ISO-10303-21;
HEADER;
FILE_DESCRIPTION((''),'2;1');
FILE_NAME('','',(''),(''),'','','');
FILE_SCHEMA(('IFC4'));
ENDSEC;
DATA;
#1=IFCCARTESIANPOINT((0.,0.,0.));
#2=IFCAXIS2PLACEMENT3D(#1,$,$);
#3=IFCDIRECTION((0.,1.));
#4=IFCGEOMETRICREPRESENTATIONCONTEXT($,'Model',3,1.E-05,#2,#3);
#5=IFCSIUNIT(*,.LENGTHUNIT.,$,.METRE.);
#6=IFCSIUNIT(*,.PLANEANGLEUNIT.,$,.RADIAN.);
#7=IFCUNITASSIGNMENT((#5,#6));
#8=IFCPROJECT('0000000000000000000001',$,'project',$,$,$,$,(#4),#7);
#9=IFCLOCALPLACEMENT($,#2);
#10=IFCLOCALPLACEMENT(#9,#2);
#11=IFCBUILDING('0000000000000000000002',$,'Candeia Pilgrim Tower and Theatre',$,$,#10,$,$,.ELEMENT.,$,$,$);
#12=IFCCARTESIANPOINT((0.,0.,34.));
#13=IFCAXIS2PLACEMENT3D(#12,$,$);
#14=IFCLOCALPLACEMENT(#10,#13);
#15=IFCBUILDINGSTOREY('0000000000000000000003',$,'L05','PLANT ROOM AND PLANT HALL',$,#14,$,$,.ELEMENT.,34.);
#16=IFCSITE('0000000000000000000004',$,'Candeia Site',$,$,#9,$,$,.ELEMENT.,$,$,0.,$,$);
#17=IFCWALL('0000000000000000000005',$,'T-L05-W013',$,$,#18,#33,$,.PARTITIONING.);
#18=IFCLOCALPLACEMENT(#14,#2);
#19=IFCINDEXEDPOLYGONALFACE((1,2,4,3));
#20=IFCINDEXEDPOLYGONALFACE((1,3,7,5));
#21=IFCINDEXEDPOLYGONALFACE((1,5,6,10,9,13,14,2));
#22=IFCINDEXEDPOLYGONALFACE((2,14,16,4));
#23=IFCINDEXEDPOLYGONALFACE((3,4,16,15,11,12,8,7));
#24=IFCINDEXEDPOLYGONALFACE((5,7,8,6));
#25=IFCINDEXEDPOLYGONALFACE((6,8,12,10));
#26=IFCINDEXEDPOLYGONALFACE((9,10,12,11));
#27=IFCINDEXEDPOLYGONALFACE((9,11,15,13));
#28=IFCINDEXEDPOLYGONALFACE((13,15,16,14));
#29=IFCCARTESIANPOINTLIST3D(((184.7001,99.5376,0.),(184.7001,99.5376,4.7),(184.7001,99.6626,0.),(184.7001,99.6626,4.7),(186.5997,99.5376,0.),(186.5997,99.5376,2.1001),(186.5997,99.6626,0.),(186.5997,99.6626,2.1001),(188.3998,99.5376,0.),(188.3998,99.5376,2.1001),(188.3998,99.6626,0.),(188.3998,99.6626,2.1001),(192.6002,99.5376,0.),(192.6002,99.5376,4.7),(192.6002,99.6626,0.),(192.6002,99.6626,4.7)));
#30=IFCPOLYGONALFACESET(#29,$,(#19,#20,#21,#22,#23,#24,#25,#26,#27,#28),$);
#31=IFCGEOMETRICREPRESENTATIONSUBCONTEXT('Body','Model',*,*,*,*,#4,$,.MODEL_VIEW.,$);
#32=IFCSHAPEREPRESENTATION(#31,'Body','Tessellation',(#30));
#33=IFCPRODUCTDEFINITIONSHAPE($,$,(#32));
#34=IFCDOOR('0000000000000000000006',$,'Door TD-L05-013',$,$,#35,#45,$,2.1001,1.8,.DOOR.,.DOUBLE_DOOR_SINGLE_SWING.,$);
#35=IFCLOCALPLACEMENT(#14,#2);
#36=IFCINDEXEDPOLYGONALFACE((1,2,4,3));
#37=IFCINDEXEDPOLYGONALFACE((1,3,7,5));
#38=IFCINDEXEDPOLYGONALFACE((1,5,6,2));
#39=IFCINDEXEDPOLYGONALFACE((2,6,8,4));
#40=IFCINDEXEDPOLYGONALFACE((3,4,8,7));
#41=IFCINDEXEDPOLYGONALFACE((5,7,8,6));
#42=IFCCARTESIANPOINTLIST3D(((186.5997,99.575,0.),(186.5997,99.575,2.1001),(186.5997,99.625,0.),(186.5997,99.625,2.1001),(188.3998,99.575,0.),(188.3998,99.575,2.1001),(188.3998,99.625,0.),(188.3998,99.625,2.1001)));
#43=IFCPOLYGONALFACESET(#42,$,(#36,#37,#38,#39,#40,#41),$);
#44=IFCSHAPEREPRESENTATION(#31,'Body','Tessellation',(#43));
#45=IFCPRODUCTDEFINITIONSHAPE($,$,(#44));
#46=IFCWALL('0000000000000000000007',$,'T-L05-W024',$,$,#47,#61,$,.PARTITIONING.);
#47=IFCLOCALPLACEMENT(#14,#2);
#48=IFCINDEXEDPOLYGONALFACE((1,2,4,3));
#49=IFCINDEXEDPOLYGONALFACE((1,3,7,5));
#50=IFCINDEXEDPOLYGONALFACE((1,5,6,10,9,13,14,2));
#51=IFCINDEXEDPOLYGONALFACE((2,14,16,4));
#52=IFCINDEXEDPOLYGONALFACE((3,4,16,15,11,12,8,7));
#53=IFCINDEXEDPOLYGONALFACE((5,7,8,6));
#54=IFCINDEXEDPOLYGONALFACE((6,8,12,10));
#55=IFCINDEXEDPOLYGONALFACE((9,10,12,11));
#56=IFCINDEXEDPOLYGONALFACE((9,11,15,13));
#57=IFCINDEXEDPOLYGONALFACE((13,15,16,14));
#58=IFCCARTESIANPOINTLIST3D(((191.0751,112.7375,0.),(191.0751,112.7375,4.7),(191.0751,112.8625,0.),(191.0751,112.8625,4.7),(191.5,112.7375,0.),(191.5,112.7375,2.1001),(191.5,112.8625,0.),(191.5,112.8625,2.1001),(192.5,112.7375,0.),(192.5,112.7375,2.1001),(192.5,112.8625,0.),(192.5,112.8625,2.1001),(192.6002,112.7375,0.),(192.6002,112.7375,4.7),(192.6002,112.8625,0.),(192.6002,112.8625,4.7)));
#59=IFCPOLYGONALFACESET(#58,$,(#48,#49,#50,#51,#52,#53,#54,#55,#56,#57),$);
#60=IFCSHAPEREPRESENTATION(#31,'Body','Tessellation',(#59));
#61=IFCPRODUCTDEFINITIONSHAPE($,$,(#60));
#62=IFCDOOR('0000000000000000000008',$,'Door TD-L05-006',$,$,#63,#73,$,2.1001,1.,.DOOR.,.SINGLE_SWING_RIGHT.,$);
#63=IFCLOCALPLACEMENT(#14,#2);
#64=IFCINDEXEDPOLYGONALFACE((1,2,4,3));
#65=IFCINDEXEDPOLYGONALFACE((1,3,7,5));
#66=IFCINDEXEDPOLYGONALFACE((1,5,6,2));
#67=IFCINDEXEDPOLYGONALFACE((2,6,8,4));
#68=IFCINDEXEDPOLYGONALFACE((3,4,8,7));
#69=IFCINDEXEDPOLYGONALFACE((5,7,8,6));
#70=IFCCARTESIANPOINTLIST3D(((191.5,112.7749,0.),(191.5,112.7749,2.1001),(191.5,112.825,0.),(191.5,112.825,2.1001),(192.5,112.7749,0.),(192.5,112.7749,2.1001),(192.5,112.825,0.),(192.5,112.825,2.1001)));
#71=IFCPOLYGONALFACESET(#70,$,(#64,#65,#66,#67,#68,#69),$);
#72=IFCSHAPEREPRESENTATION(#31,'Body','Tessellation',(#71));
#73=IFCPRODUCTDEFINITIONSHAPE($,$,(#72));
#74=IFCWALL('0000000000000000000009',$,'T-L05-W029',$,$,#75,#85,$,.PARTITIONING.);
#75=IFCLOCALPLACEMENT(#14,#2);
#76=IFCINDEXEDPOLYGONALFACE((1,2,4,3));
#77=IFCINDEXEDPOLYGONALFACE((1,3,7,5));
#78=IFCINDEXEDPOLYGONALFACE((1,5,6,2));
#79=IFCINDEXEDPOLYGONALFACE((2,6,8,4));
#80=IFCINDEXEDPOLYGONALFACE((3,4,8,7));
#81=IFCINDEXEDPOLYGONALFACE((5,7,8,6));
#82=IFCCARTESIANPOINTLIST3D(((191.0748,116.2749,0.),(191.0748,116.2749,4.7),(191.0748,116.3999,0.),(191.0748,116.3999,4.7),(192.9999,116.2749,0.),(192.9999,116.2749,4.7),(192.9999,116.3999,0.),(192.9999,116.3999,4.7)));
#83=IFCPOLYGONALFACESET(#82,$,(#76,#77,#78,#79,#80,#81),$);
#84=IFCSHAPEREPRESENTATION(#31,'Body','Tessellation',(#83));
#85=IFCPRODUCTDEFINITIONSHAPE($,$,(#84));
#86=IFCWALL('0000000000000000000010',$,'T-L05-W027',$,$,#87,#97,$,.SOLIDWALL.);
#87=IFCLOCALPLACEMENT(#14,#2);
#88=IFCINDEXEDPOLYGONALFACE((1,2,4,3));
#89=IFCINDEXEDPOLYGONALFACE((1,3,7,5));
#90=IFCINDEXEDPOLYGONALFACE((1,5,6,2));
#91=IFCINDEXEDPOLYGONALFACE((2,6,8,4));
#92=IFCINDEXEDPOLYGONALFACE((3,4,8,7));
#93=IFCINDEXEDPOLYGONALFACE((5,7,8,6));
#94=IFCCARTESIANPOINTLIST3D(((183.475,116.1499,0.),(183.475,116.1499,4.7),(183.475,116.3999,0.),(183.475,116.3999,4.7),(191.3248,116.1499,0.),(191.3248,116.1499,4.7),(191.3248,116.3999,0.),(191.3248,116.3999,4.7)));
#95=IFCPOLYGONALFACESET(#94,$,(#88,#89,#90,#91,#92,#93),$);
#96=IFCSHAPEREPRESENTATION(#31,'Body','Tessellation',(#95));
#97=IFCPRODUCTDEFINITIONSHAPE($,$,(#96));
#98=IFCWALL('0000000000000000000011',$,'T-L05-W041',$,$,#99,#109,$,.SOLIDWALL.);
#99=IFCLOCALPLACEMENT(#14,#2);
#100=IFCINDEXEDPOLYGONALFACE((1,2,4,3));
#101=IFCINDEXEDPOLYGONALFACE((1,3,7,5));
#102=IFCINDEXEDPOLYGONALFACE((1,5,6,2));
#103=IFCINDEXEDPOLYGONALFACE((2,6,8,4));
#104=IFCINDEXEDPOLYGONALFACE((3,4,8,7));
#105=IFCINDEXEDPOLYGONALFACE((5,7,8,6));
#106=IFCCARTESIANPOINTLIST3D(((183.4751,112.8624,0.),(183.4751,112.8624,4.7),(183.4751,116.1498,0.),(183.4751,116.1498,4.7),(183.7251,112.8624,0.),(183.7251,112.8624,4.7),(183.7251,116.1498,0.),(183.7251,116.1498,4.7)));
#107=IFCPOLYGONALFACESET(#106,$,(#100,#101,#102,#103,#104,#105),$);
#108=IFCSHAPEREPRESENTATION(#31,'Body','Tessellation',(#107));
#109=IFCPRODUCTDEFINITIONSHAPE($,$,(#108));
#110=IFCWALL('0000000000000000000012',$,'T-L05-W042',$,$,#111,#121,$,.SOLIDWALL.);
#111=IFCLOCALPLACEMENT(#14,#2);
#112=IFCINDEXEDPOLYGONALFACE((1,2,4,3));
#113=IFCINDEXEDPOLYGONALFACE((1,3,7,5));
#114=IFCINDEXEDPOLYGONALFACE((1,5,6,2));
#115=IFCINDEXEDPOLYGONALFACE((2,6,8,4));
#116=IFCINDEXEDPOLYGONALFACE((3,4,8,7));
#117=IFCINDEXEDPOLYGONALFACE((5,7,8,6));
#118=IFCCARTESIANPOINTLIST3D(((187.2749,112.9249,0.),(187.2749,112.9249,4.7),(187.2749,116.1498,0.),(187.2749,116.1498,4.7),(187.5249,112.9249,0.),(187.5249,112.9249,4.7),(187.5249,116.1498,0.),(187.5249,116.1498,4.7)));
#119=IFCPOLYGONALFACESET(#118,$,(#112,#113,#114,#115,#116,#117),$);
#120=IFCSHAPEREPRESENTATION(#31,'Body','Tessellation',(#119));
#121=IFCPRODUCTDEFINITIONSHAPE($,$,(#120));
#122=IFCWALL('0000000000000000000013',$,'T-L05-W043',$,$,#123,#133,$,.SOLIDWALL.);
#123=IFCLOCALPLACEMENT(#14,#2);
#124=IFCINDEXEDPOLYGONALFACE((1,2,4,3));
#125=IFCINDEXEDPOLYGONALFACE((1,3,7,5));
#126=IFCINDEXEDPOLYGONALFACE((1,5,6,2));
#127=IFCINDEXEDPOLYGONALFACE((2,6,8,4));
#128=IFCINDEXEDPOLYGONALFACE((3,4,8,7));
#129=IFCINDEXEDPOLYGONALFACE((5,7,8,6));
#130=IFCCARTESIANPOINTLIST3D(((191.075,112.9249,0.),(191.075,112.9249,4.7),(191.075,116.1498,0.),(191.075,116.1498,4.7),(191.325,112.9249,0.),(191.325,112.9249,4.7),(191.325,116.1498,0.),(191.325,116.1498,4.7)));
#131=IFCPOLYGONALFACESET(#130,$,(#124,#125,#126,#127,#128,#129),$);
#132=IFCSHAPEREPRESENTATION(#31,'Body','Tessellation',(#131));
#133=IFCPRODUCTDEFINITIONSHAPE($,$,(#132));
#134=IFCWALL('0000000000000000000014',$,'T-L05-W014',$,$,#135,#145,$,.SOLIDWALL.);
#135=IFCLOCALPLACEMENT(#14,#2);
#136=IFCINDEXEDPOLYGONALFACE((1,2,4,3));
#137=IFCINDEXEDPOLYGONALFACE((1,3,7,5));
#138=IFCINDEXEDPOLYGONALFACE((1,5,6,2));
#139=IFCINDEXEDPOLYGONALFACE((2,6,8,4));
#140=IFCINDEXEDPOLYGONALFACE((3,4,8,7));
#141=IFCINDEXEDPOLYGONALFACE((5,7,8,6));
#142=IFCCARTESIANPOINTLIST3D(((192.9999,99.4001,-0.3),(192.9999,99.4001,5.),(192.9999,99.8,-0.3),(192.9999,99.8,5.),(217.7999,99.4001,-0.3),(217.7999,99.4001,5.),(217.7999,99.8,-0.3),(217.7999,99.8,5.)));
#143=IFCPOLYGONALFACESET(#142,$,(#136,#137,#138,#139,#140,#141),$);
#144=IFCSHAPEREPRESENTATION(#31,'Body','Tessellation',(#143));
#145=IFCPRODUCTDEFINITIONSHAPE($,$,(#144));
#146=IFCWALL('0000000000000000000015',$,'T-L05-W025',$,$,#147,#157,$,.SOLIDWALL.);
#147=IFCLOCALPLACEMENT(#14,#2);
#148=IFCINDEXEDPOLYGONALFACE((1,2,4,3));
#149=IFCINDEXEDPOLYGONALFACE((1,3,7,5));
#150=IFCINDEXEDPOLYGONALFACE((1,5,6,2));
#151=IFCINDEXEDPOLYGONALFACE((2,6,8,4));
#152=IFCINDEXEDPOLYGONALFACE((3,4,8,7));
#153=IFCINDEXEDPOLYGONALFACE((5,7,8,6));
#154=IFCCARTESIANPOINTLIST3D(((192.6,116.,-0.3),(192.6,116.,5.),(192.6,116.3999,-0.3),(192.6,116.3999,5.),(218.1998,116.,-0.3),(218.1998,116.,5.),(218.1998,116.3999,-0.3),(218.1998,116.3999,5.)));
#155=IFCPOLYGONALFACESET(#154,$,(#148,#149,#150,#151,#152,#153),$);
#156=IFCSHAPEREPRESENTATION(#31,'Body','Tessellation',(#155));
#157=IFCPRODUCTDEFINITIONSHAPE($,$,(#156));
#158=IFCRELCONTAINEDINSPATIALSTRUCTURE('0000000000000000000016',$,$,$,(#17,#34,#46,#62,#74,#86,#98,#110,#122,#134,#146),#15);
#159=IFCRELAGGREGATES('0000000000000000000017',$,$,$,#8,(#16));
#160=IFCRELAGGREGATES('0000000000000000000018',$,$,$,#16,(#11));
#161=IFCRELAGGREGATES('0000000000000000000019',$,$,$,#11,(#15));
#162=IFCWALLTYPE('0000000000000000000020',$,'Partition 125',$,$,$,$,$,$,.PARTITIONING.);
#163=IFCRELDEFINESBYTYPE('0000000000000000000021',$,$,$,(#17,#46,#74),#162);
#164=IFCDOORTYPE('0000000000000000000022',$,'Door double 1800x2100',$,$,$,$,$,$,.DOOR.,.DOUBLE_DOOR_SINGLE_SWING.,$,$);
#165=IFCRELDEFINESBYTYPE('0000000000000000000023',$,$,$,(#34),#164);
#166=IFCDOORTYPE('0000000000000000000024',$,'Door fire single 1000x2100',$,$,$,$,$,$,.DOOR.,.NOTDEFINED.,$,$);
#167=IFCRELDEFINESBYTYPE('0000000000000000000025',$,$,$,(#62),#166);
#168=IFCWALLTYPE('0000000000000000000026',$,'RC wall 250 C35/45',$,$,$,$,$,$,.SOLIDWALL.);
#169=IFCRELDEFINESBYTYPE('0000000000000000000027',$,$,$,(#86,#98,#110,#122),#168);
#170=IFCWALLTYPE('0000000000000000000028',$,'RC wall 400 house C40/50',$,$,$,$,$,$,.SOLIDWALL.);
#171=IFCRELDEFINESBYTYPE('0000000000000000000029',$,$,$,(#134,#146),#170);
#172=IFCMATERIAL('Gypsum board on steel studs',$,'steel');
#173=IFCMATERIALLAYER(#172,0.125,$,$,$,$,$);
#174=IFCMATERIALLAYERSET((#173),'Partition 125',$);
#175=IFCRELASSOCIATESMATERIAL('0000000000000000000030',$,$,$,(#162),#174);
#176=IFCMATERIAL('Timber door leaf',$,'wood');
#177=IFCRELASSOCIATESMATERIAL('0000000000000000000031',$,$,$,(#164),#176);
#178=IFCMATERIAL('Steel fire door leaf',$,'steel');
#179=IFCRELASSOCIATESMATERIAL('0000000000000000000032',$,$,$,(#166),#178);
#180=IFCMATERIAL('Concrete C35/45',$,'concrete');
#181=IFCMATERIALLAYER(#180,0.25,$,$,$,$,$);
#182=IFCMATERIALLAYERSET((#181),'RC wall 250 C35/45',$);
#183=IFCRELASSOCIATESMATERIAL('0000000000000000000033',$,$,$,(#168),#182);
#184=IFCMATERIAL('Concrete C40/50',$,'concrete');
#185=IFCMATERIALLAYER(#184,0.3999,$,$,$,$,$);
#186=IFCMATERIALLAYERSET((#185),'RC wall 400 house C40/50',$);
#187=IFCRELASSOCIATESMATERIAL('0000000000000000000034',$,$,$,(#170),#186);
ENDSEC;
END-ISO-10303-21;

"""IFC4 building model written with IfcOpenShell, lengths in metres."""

from ifc_helpers import new_model, si_unit, direction, frame, frame_2d, origin, place, context, subcontext, project, spatial, rectangle, extrude, material, layer, layer_set, type_object, element, fill, save


model = new_model("IFC4")

# Units and contexts
model_context = context("Model", 3, precision=1e-05, world=origin(), true_north=direction((0.0, 1.0)))
body_context = subcontext(model_context, "Body", "Model", "MODEL_VIEW")
ifc_project = project(units=[si_unit("LENGTHUNIT", "METRE"), si_unit("PLANEANGLEUNIT", "RADIAN")], contexts=[model_context])

# Site, building, storey
site_placement = place(None, origin())
site = spatial("IfcSite", under=ifc_project, at=site_placement, Name="Candeia Site", CompositionType="ELEMENT", RefElevation=0.0)
building_placement = place(site_placement, origin())
building = spatial("IfcBuilding", under=site, at=building_placement, Name="Candeia Pilgrim Tower and Theatre", CompositionType="ELEMENT")
storey_placement = place(building_placement, frame((0.0, 0.0, 34.0)))
storey = spatial("IfcBuildingStorey", under=building, at=storey_placement, Name="L05", Description="PLANT ROOM AND PLANT HALL", CompositionType="ELEMENT", Elevation=34.0)

# Shared definitions
ifc_material_1 = material(Name="Concrete C40/50", Category="concrete")

# Walls, openings, doors
ifc_material_2 = material(Name="Gypsum board on steel studs", Category="steel")
ifc_layer_1 = layer(ifc_material_2, 0.125)
ifc_layer_set_1 = layer_set([ifc_layer_1], Name="Partition 125")
wall_type_1 = type_object("IfcWallType", Name="Partition 125", PredefinedType="PARTITIONING", material=ifc_layer_set_1)
wall_1_placement = place(storey_placement, frame((184.7, 99.6001, 0.0), z_axis=(0.0, 0.0, 1.0), x_axis=(1.0, 0.0, 0.0)))
wall_1 = element("IfcWall", 1, at=wall_1_placement, inside=storey, type_object=wall_type_1, Name="T-L05-W013", PredefinedType="PARTITIONING", context=body_context, shape_type="SweptSolid", body=[
    extrude(rectangle(XDim=7.9001, YDim=0.125, at=frame_2d((3.9502, 0.0))), origin(), (0.0, 0.0, 1.0), 4.7),
])
opening_1_placement = place(wall_1_placement, frame((1.8999, 0.0, 0.0)))
opening_1 = element("IfcOpeningElement", 2, at=opening_1_placement, cuts=wall_1, PredefinedType="OPENING", context=body_context, shape_type="SweptSolid", body=[
    extrude(rectangle(XDim=1.8, YDim=2.1001, at=frame_2d((0.8999, 1.05))), frame((0.0, 0.0725, 0.0), z_axis=(0.0, -1.0, 0.0), x_axis=(1.0, 0.0, 0.0)), (0.0, 0.0, 1.0), 0.145),
])
ifc_material_3 = material(Name="Timber door leaf", Category="wood")
door_type_1 = type_object("IfcDoorType", Name="Door double 1800x2100", OperationType="DOUBLE_DOOR_SINGLE_SWING", PredefinedType="DOOR", material=ifc_material_3)
door_1_placement = place(opening_1_placement, origin())
door_1 = element("IfcDoor", 3, at=door_1_placement, inside=storey, type_object=door_type_1, Name="Door TD-L05-013", OperationType="DOUBLE_DOOR_SINGLE_SWING", OverallHeight=2.1001, OverallWidth=1.8, PredefinedType="DOOR", context=body_context, shape_type="SweptSolid", body=[
    extrude(rectangle(XDim=1.8, YDim=2.1001, at=frame_2d((0.8999, 1.05))), frame((0.0, 0.0249, 0.0), z_axis=(0.0, -1.0, 0.0), x_axis=(1.0, 0.0, 0.0)), (0.0, 0.0, 1.0), 0.05),
])
fill(opening_1, door_1)
wall_2_placement = place(storey_placement, frame((191.075, 112.8, 0.0), z_axis=(0.0, 0.0, 1.0), x_axis=(1.0, 0.0, 0.0)))
wall_2 = element("IfcWall", 4, at=wall_2_placement, inside=storey, type_object=wall_type_1, Name="T-L05-W024", PredefinedType="PARTITIONING", context=body_context, shape_type="SweptSolid", body=[
    extrude(rectangle(XDim=1.5251, YDim=0.125, at=frame_2d((0.7627, 0.0))), origin(), (0.0, 0.0, 1.0), 4.7),
])
opening_2_placement = place(wall_2_placement, frame((0.425, 0.0, 0.0)))
opening_2 = element("IfcOpeningElement", 5, at=opening_2_placement, cuts=wall_2, PredefinedType="OPENING", context=body_context, shape_type="SweptSolid", body=[
    extrude(rectangle(XDim=1.0, YDim=2.1001, at=frame_2d((0.5, 1.05))), frame((0.0, 0.0725, 0.0), z_axis=(0.0, -1.0, 0.0), x_axis=(1.0, 0.0, 0.0)), (0.0, 0.0, 1.0), 0.145),
])
ifc_material_4 = material(Name="Steel fire door leaf", Category="steel")
door_type_2 = type_object("IfcDoorType", Name="Door fire single 1000x2100", OperationType="NOTDEFINED", PredefinedType="DOOR", material=ifc_material_4)
door_2_placement = place(opening_2_placement, origin())
door_2 = element("IfcDoor", 6, at=door_2_placement, inside=storey, type_object=door_type_2, Name="Door TD-L05-006", OperationType="SINGLE_SWING_RIGHT", OverallHeight=2.1001, OverallWidth=1.0, PredefinedType="DOOR", context=body_context, shape_type="SweptSolid", body=[
    extrude(rectangle(XDim=1.0, YDim=2.1001, at=frame_2d((0.5, 1.05))), frame((0.0, 0.0249, 0.0), z_axis=(0.0, -1.0, 0.0), x_axis=(1.0, 0.0, 0.0)), (0.0, 0.0, 1.0), 0.05),
])
fill(opening_2, door_2)

# Walls
wall_3_placement = place(storey_placement, frame((191.075, 116.3374, 0.0), z_axis=(0.0, 0.0, 1.0), x_axis=(1.0, 0.0, 0.0)))
element("IfcWall", 7, at=wall_3_placement, inside=storey, type_object=wall_type_1, Name="T-L05-W029", PredefinedType="PARTITIONING", context=body_context, shape_type="SweptSolid", body=[
    extrude(rectangle(XDim=1.925, YDim=0.125, at=frame_2d((0.9624, 0.0))), origin(), (0.0, 0.0, 1.0), 4.7),
])
ifc_material_5 = material(Name="Concrete C35/45", Category="concrete")
ifc_layer_2 = layer(ifc_material_5, 0.25)
ifc_layer_set_2 = layer_set([ifc_layer_2], Name="RC wall 250 C35/45")
wall_type_2 = type_object("IfcWallType", Name="RC wall 250 C35/45", PredefinedType="SOLIDWALL", material=ifc_layer_set_2)
wall_4_placement = place(storey_placement, frame((183.4751, 116.2749, 0.0), z_axis=(0.0, 0.0, 1.0), x_axis=(1.0, 0.0, 0.0)))
element("IfcWall", 8, at=wall_4_placement, inside=storey, type_object=wall_type_2, Name="T-L05-W027", PredefinedType="SOLIDWALL", context=body_context, shape_type="SweptSolid", body=[
    extrude(rectangle(XDim=7.8499, YDim=0.25, at=frame_2d((3.9248, 0.0))), origin(), (0.0, 0.0, 1.0), 4.7),
])
wall_5_placement = place(storey_placement, frame((183.6001, 112.8625, 0.0), z_axis=(0.0, 0.0, 1.0), x_axis=(0.0, 1.0, 0.0)))
element("IfcWall", 9, at=wall_5_placement, inside=storey, type_object=wall_type_2, Name="T-L05-W041", PredefinedType="SOLIDWALL", context=body_context, shape_type="SweptSolid", body=[
    extrude(rectangle(XDim=3.2874, YDim=0.25, at=frame_2d((1.6436, 0.0))), origin(), (0.0, 0.0, 1.0), 4.7),
])
for number, where, z_axis, x_axis, name in (
    (10, (187.3999, 112.925, 0.0), (0.0, 0.0, 1.0), (0.0, 1.0, 0.0), "T-L05-W042"),
    (11, (191.2, 112.925, 0.0), (0.0, 0.0, 1.0), (0.0, 1.0, 0.0), "T-L05-W043"),
):
    element("IfcWall", number, at=place(storey_placement, frame(where, z_axis=z_axis, x_axis=x_axis)), inside=storey, type_object=wall_type_2, Name=name, PredefinedType="SOLIDWALL", context=body_context, shape_type="SweptSolid", body=[
        extrude(rectangle(XDim=3.2249, YDim=0.25, at=frame_2d((1.6123, 0.0))), origin(), (0.0, 0.0, 1.0), 4.7),
    ])
ifc_layer_3 = layer(ifc_material_1, 0.3999)
ifc_layer_set_3 = layer_set([ifc_layer_3], Name="RC wall 400 house C40/50")
wall_type_3 = type_object("IfcWallType", Name="RC wall 400 house C40/50", PredefinedType="SOLIDWALL", material=ifc_layer_set_3)
wall_6_placement = place(storey_placement, frame((193.0, 99.6001, -0.3), z_axis=(0.0, 0.0, 1.0), x_axis=(1.0, 0.0, 0.0)))
element("IfcWall", 12, at=wall_6_placement, inside=storey, type_object=wall_type_3, Name="T-L05-W014", PredefinedType="SOLIDWALL", context=body_context, shape_type="SweptSolid", body=[
    extrude(rectangle(XDim=24.8, YDim=0.3999, at=frame_2d((12.3999, 0.0))), origin(), (0.0, 0.0, 1.0), 5.3),
])
wall_7_placement = place(storey_placement, frame((192.6001, 116.2, -0.3), z_axis=(0.0, 0.0, 1.0), x_axis=(1.0, 0.0, 0.0)))
element("IfcWall", 13, at=wall_7_placement, inside=storey, type_object=wall_type_3, Name="T-L05-W025", PredefinedType="SOLIDWALL", context=body_context, shape_type="SweptSolid", body=[
    extrude(rectangle(XDim=25.5999, YDim=0.3999, at=frame_2d((12.7998, 0.0))), origin(), (0.0, 0.0, 1.0), 5.3),
])

save(model, "model.ifc")
